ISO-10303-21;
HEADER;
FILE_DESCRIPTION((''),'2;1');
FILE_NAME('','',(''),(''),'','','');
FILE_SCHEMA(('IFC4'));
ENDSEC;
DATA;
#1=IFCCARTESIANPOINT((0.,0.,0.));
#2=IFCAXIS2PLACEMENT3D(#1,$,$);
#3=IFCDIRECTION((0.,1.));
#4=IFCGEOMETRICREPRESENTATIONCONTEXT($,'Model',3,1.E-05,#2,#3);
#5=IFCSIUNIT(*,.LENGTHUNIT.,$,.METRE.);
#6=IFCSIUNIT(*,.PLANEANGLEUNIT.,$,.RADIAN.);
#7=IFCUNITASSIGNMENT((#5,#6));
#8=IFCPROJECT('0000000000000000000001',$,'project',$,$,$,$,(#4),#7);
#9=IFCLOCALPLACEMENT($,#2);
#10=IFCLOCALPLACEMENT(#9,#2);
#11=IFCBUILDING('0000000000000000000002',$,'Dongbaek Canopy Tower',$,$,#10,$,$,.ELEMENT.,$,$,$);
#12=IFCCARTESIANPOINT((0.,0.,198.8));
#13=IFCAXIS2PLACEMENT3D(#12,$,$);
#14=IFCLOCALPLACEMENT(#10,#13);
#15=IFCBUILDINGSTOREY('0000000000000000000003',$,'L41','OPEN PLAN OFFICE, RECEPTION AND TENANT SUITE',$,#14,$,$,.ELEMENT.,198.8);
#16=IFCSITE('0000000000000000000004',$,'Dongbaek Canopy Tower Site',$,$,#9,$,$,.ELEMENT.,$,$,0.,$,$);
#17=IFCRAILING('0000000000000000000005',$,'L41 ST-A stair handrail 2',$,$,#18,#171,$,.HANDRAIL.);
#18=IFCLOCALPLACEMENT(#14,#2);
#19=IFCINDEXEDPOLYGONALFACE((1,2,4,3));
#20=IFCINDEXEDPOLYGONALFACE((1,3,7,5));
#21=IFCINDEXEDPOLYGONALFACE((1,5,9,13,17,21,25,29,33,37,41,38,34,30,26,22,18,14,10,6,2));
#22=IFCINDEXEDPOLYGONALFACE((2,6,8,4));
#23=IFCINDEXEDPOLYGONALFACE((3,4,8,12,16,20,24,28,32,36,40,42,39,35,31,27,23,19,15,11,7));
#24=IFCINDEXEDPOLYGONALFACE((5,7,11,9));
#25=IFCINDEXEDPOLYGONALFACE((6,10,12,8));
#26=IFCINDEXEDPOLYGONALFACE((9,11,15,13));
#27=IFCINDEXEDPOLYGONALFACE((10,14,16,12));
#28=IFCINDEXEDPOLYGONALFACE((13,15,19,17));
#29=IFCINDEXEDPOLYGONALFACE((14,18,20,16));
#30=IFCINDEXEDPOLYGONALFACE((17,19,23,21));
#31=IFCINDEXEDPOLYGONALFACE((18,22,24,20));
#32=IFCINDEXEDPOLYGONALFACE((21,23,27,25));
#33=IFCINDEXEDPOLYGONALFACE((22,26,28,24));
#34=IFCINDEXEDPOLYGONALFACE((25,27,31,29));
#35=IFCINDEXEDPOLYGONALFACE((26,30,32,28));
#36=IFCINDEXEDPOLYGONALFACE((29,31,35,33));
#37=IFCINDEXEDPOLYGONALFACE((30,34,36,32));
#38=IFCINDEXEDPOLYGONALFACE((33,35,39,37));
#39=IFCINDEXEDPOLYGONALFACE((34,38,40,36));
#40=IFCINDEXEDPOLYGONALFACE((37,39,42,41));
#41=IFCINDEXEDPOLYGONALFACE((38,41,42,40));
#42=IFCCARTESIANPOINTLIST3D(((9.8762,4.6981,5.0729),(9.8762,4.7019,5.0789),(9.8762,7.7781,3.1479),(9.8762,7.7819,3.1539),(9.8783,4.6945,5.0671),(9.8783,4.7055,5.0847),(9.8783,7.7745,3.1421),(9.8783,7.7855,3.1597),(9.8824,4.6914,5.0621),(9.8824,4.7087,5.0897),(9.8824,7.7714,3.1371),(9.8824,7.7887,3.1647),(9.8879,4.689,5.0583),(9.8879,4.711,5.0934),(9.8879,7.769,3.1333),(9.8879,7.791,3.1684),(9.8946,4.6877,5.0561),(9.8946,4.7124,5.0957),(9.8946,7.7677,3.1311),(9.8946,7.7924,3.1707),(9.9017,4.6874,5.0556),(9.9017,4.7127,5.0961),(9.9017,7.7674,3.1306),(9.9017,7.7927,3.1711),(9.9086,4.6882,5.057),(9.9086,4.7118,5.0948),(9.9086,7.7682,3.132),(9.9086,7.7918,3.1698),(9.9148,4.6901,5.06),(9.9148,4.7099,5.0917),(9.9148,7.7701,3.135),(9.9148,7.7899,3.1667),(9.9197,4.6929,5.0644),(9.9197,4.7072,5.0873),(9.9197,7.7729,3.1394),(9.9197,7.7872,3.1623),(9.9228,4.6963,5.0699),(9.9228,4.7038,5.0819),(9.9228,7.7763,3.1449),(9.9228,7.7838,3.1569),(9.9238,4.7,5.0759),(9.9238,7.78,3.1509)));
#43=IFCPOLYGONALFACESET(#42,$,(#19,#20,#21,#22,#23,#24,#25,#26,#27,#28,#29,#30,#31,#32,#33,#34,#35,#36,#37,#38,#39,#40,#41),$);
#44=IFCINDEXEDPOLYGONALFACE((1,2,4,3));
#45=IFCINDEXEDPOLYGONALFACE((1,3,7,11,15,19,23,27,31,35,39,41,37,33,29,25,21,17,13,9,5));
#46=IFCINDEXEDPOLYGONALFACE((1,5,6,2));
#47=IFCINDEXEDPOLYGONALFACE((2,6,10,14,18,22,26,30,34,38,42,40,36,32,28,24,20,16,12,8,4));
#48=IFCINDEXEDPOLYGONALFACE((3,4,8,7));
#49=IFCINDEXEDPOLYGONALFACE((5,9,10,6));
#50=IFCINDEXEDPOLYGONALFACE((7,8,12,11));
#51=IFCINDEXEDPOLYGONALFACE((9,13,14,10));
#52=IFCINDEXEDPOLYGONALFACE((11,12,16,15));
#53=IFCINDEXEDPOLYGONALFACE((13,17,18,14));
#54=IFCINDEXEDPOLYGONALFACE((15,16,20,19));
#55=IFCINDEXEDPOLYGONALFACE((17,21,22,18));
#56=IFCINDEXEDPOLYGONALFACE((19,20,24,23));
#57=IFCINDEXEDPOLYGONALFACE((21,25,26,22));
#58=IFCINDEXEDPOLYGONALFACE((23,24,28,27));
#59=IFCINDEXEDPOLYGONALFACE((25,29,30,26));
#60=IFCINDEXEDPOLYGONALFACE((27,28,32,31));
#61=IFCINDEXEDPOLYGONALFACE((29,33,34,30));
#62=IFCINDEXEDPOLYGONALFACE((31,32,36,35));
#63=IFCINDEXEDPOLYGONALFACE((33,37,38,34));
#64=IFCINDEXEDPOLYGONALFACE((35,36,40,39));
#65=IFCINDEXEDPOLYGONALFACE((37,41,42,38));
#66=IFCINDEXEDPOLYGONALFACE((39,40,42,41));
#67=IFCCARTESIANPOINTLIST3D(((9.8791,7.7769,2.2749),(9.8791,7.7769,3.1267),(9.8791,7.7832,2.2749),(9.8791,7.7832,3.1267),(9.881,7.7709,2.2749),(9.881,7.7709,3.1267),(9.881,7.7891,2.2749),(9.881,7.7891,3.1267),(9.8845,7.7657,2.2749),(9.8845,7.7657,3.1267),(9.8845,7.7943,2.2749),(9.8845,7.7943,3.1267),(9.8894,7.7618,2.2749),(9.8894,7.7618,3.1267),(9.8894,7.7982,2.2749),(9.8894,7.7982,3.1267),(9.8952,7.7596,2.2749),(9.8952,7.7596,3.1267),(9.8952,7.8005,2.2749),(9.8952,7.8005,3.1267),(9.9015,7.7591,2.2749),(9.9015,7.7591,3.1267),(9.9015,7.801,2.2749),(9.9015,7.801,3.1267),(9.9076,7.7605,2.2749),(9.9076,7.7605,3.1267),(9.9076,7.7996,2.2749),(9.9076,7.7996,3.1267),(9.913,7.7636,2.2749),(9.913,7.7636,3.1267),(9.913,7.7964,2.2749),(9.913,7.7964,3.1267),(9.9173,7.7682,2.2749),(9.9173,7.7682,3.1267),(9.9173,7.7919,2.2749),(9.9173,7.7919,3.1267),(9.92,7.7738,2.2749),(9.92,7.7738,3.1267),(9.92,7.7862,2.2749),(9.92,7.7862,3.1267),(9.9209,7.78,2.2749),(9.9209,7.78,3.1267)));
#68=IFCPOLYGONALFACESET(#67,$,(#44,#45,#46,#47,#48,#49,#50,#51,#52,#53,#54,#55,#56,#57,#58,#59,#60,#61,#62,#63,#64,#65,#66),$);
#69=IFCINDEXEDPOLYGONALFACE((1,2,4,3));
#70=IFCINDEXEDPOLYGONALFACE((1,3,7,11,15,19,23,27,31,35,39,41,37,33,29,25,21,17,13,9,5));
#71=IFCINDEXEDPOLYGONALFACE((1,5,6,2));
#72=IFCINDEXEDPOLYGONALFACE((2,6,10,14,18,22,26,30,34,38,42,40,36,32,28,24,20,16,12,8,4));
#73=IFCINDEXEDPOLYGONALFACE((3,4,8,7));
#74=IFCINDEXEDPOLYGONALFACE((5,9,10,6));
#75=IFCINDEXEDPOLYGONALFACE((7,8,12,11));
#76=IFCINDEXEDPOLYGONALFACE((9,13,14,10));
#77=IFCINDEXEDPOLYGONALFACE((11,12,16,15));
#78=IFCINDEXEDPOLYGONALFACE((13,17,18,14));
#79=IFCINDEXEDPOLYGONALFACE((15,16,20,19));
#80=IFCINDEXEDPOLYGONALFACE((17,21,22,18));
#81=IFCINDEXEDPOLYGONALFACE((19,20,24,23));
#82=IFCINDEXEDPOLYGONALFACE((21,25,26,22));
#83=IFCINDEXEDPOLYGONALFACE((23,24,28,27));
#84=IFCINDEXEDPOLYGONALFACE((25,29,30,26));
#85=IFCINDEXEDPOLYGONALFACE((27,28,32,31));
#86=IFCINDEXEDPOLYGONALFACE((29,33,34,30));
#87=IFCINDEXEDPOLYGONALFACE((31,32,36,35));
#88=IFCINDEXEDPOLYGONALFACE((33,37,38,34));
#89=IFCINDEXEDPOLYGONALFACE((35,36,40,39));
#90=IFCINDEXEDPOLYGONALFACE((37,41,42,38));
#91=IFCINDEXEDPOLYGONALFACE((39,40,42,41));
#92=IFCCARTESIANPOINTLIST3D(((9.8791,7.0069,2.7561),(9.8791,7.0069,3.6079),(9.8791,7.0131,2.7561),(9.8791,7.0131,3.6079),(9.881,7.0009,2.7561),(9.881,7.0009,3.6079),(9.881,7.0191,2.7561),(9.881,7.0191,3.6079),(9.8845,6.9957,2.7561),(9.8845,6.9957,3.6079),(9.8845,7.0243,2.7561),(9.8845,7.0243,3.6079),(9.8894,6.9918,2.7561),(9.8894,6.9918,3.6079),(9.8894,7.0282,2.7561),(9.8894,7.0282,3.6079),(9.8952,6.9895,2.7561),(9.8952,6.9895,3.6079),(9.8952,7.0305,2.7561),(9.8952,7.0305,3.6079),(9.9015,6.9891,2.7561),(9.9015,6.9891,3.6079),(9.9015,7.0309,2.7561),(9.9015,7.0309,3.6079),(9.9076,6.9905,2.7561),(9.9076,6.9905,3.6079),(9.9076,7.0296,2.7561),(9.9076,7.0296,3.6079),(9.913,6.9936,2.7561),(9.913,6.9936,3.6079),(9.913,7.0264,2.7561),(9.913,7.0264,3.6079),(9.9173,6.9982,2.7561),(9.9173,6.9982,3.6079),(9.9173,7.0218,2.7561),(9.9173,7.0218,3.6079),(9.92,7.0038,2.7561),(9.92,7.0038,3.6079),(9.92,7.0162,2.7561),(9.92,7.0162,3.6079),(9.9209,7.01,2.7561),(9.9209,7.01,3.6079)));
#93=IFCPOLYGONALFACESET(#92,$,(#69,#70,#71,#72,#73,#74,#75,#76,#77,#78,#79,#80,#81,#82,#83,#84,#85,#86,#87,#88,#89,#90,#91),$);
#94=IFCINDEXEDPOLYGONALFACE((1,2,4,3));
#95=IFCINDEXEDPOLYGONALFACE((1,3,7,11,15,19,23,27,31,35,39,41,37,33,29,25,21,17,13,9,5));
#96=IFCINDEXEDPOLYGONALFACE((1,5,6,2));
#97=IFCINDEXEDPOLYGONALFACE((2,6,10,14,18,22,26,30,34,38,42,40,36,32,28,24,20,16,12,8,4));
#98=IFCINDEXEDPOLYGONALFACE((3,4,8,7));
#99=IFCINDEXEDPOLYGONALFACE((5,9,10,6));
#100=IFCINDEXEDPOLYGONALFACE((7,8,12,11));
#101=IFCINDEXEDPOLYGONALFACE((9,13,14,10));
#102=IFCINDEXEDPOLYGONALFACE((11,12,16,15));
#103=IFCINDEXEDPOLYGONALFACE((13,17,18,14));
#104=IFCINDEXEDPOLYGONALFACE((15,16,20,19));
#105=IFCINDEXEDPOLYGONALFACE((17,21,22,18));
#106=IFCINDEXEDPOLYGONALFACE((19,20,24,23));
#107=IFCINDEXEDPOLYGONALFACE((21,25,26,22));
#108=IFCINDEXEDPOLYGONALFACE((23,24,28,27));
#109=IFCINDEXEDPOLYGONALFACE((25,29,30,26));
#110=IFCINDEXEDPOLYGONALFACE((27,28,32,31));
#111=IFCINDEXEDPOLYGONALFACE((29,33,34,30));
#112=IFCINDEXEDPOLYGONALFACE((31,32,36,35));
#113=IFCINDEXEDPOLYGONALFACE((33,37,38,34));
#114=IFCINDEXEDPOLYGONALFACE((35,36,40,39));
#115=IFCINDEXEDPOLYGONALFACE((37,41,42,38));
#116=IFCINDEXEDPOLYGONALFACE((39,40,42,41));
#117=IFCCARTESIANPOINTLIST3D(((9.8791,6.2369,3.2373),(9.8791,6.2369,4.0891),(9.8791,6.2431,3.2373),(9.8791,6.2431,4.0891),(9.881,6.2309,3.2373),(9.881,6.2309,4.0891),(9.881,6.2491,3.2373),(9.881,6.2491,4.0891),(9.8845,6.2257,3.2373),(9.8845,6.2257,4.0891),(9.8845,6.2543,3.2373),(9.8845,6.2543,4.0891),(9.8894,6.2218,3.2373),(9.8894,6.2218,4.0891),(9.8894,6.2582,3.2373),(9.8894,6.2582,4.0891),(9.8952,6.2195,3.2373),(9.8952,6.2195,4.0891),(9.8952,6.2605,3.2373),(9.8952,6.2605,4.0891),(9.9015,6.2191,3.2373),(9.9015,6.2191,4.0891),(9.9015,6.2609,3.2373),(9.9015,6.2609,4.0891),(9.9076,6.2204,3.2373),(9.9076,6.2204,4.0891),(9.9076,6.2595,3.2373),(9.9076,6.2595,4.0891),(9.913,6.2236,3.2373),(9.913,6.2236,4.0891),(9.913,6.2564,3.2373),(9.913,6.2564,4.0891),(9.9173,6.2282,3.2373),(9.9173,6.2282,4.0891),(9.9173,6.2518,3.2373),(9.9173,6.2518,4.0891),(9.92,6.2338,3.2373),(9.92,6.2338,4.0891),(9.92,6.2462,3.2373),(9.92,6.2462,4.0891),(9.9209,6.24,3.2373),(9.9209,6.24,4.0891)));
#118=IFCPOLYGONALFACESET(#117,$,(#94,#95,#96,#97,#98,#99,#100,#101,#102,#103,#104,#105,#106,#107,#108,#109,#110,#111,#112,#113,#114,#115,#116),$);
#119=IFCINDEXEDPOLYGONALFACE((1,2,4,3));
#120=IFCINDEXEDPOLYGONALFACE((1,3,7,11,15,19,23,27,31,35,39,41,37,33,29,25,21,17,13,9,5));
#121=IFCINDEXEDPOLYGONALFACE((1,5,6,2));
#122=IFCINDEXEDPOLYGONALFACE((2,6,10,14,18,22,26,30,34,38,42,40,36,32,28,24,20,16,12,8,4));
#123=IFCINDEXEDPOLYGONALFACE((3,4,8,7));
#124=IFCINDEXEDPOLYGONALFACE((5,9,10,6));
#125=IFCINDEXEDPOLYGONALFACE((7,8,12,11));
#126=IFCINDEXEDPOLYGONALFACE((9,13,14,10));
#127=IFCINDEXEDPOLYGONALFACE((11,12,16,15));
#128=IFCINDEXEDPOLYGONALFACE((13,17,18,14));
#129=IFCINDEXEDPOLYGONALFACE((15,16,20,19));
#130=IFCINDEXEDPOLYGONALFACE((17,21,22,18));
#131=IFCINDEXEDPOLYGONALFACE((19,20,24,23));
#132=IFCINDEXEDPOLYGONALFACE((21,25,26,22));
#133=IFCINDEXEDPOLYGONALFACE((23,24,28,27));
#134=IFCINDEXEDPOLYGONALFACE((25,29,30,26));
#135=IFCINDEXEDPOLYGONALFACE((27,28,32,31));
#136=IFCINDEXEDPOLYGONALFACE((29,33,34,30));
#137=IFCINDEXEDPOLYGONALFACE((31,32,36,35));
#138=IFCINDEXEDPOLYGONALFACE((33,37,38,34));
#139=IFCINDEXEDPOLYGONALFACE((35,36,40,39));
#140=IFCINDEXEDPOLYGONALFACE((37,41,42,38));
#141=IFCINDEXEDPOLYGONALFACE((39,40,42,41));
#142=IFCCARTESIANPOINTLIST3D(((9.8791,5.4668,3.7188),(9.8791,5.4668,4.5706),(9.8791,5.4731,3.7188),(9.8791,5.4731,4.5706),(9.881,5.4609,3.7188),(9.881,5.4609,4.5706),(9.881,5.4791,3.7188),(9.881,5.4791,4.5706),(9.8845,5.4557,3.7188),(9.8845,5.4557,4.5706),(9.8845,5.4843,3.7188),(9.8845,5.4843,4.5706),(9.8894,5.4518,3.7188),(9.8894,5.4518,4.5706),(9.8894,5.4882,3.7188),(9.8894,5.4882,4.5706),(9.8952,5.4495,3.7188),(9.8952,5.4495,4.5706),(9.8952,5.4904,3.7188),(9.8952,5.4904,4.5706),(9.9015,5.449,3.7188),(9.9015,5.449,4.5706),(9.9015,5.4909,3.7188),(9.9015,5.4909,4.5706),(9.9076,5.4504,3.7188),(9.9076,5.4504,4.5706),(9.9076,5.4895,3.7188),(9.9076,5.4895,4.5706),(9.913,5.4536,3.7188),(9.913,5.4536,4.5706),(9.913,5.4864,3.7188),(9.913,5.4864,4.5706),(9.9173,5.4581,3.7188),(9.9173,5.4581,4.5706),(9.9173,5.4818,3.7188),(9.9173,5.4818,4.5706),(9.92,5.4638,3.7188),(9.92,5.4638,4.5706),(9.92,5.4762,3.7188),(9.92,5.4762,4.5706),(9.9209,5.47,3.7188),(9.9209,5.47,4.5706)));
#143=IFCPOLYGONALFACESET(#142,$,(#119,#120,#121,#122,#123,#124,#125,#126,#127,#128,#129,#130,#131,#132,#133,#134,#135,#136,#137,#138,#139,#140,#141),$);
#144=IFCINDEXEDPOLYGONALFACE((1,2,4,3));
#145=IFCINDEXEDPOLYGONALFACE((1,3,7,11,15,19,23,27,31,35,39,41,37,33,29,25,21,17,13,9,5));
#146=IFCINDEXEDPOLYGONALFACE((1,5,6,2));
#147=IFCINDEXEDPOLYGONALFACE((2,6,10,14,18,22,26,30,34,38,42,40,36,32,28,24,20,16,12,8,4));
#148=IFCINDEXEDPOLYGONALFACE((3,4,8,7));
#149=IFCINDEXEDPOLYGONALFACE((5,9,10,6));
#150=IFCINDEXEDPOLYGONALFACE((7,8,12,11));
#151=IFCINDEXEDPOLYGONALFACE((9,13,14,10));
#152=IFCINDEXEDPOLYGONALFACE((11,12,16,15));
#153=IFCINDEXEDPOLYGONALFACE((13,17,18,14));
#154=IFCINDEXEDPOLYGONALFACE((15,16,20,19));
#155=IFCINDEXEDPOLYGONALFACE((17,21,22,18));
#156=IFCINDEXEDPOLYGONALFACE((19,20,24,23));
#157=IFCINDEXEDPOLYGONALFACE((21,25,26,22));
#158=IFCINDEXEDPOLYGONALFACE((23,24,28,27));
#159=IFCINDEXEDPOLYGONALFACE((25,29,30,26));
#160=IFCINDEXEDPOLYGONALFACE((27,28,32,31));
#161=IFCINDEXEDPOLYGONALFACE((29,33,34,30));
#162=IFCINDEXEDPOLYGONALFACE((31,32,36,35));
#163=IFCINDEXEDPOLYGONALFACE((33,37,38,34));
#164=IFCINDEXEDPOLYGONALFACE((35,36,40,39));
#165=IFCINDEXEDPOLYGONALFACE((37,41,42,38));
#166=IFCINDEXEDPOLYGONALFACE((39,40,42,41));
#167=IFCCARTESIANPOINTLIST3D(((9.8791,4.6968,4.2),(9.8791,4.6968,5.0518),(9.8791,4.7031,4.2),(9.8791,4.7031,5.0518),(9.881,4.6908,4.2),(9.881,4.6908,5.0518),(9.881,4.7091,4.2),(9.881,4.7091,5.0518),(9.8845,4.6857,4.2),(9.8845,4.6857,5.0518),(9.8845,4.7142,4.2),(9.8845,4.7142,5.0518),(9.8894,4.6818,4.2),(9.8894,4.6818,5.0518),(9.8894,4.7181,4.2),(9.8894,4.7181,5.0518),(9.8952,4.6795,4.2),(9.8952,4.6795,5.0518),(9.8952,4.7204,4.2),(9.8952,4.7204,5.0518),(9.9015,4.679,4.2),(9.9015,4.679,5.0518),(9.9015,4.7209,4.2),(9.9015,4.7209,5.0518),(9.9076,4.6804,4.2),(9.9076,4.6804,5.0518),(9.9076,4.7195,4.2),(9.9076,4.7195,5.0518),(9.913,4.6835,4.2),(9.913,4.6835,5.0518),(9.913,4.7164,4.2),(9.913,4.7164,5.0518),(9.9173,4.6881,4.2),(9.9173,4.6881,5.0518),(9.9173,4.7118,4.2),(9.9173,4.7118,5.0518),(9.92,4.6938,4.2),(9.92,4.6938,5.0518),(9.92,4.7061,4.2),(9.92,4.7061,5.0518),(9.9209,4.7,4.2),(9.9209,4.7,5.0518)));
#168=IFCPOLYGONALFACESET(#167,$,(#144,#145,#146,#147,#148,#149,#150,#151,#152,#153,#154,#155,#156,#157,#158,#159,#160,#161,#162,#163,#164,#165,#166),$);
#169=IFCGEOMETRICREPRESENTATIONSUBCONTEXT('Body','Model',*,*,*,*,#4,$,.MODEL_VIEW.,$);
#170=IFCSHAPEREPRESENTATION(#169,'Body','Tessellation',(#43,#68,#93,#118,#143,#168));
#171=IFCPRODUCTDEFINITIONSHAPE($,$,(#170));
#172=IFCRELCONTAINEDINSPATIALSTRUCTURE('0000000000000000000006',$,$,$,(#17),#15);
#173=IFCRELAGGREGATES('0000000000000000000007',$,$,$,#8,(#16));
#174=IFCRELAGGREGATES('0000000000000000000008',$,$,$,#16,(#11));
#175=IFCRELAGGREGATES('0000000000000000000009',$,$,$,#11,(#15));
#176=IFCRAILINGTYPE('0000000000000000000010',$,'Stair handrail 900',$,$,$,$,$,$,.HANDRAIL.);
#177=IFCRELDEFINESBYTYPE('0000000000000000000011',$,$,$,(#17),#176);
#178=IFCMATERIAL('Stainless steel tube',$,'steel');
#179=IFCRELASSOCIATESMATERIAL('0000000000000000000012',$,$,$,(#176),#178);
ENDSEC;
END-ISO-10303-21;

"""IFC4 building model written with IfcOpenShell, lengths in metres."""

from ifc_helpers import new_model, si_unit, direction, frame, origin, origin_2d, place, context, subcontext, project, spatial, circle, extrude, material, type_object, element, save


model = new_model("IFC4")

# Units and contexts
model_context = context("Model", 3, precision=1e-05, world=origin(), true_north=direction((0.0, 1.0)))
body_context = subcontext(model_context, "Body", "Model", "MODEL_VIEW")
ifc_project = project(units=[si_unit("LENGTHUNIT", "METRE"), si_unit("PLANEANGLEUNIT", "RADIAN")], contexts=[model_context])

# Site, building, storey
site_placement = place(None, origin())
site = spatial("IfcSite", under=ifc_project, at=site_placement, Name="Dongbaek Canopy Tower Site", CompositionType="ELEMENT", RefElevation=0.0)
building_placement = place(site_placement, origin())
building = spatial("IfcBuilding", under=site, at=building_placement, Name="Dongbaek Canopy Tower", CompositionType="ELEMENT")
storey_placement = place(building_placement, frame((0.0, 0.0, 198.8)))
storey = spatial("IfcBuildingStorey", under=building, at=storey_placement, Name="L41", Description="OPEN PLAN OFFICE, RECEPTION AND TENANT SUITE", CompositionType="ELEMENT", Elevation=198.8)

# Railing
ifc_material_1 = material(Name="Stainless steel tube", Category="steel")
railing_type_1 = type_object("IfcRailingType", Name="Stair handrail 900", PredefinedType="HANDRAIL", material=ifc_material_1)
railing_1_placement = place(storey_placement, frame((9.8999, 7.78, 2.2749)))
element("IfcRailing", 1, at=railing_1_placement, inside=storey, type_object=railing_type_1, Name="L41 ST-A stair handrail 2", PredefinedType="HANDRAIL", context=body_context, shape_type="SweptSolid", body=[
    extrude(circle(Radius=0.0239, at=origin_2d()), frame((0.0, 0.0, 0.876), z_axis=(0.0, -0.847998, 0.529999), x_axis=(1.0, 0.0, 0.0)), (0.0, 0.0, 1.0), 3.6321),
    extrude(circle(Radius=0.021, at=origin_2d()), origin(), (0.0, 0.0, 1.0), 0.8518),
    extrude(circle(Radius=0.021, at=origin_2d()), frame((0.0, -0.77, 0.4812)), (0.0, 0.0, 1.0), 0.8518),
    extrude(circle(Radius=0.021, at=origin_2d()), frame((0.0, -1.54, 0.9624)), (0.0, 0.0, 1.0), 0.8518),
    extrude(circle(Radius=0.021, at=origin_2d()), frame((0.0, -2.3101, 1.4438)), (0.0, 0.0, 1.0), 0.8518),
    extrude(circle(Radius=0.021, at=origin_2d()), frame((0.0, -3.0801, 1.925)), (0.0, 0.0, 1.0), 0.8518),
])

save(model, "model.ifc")
